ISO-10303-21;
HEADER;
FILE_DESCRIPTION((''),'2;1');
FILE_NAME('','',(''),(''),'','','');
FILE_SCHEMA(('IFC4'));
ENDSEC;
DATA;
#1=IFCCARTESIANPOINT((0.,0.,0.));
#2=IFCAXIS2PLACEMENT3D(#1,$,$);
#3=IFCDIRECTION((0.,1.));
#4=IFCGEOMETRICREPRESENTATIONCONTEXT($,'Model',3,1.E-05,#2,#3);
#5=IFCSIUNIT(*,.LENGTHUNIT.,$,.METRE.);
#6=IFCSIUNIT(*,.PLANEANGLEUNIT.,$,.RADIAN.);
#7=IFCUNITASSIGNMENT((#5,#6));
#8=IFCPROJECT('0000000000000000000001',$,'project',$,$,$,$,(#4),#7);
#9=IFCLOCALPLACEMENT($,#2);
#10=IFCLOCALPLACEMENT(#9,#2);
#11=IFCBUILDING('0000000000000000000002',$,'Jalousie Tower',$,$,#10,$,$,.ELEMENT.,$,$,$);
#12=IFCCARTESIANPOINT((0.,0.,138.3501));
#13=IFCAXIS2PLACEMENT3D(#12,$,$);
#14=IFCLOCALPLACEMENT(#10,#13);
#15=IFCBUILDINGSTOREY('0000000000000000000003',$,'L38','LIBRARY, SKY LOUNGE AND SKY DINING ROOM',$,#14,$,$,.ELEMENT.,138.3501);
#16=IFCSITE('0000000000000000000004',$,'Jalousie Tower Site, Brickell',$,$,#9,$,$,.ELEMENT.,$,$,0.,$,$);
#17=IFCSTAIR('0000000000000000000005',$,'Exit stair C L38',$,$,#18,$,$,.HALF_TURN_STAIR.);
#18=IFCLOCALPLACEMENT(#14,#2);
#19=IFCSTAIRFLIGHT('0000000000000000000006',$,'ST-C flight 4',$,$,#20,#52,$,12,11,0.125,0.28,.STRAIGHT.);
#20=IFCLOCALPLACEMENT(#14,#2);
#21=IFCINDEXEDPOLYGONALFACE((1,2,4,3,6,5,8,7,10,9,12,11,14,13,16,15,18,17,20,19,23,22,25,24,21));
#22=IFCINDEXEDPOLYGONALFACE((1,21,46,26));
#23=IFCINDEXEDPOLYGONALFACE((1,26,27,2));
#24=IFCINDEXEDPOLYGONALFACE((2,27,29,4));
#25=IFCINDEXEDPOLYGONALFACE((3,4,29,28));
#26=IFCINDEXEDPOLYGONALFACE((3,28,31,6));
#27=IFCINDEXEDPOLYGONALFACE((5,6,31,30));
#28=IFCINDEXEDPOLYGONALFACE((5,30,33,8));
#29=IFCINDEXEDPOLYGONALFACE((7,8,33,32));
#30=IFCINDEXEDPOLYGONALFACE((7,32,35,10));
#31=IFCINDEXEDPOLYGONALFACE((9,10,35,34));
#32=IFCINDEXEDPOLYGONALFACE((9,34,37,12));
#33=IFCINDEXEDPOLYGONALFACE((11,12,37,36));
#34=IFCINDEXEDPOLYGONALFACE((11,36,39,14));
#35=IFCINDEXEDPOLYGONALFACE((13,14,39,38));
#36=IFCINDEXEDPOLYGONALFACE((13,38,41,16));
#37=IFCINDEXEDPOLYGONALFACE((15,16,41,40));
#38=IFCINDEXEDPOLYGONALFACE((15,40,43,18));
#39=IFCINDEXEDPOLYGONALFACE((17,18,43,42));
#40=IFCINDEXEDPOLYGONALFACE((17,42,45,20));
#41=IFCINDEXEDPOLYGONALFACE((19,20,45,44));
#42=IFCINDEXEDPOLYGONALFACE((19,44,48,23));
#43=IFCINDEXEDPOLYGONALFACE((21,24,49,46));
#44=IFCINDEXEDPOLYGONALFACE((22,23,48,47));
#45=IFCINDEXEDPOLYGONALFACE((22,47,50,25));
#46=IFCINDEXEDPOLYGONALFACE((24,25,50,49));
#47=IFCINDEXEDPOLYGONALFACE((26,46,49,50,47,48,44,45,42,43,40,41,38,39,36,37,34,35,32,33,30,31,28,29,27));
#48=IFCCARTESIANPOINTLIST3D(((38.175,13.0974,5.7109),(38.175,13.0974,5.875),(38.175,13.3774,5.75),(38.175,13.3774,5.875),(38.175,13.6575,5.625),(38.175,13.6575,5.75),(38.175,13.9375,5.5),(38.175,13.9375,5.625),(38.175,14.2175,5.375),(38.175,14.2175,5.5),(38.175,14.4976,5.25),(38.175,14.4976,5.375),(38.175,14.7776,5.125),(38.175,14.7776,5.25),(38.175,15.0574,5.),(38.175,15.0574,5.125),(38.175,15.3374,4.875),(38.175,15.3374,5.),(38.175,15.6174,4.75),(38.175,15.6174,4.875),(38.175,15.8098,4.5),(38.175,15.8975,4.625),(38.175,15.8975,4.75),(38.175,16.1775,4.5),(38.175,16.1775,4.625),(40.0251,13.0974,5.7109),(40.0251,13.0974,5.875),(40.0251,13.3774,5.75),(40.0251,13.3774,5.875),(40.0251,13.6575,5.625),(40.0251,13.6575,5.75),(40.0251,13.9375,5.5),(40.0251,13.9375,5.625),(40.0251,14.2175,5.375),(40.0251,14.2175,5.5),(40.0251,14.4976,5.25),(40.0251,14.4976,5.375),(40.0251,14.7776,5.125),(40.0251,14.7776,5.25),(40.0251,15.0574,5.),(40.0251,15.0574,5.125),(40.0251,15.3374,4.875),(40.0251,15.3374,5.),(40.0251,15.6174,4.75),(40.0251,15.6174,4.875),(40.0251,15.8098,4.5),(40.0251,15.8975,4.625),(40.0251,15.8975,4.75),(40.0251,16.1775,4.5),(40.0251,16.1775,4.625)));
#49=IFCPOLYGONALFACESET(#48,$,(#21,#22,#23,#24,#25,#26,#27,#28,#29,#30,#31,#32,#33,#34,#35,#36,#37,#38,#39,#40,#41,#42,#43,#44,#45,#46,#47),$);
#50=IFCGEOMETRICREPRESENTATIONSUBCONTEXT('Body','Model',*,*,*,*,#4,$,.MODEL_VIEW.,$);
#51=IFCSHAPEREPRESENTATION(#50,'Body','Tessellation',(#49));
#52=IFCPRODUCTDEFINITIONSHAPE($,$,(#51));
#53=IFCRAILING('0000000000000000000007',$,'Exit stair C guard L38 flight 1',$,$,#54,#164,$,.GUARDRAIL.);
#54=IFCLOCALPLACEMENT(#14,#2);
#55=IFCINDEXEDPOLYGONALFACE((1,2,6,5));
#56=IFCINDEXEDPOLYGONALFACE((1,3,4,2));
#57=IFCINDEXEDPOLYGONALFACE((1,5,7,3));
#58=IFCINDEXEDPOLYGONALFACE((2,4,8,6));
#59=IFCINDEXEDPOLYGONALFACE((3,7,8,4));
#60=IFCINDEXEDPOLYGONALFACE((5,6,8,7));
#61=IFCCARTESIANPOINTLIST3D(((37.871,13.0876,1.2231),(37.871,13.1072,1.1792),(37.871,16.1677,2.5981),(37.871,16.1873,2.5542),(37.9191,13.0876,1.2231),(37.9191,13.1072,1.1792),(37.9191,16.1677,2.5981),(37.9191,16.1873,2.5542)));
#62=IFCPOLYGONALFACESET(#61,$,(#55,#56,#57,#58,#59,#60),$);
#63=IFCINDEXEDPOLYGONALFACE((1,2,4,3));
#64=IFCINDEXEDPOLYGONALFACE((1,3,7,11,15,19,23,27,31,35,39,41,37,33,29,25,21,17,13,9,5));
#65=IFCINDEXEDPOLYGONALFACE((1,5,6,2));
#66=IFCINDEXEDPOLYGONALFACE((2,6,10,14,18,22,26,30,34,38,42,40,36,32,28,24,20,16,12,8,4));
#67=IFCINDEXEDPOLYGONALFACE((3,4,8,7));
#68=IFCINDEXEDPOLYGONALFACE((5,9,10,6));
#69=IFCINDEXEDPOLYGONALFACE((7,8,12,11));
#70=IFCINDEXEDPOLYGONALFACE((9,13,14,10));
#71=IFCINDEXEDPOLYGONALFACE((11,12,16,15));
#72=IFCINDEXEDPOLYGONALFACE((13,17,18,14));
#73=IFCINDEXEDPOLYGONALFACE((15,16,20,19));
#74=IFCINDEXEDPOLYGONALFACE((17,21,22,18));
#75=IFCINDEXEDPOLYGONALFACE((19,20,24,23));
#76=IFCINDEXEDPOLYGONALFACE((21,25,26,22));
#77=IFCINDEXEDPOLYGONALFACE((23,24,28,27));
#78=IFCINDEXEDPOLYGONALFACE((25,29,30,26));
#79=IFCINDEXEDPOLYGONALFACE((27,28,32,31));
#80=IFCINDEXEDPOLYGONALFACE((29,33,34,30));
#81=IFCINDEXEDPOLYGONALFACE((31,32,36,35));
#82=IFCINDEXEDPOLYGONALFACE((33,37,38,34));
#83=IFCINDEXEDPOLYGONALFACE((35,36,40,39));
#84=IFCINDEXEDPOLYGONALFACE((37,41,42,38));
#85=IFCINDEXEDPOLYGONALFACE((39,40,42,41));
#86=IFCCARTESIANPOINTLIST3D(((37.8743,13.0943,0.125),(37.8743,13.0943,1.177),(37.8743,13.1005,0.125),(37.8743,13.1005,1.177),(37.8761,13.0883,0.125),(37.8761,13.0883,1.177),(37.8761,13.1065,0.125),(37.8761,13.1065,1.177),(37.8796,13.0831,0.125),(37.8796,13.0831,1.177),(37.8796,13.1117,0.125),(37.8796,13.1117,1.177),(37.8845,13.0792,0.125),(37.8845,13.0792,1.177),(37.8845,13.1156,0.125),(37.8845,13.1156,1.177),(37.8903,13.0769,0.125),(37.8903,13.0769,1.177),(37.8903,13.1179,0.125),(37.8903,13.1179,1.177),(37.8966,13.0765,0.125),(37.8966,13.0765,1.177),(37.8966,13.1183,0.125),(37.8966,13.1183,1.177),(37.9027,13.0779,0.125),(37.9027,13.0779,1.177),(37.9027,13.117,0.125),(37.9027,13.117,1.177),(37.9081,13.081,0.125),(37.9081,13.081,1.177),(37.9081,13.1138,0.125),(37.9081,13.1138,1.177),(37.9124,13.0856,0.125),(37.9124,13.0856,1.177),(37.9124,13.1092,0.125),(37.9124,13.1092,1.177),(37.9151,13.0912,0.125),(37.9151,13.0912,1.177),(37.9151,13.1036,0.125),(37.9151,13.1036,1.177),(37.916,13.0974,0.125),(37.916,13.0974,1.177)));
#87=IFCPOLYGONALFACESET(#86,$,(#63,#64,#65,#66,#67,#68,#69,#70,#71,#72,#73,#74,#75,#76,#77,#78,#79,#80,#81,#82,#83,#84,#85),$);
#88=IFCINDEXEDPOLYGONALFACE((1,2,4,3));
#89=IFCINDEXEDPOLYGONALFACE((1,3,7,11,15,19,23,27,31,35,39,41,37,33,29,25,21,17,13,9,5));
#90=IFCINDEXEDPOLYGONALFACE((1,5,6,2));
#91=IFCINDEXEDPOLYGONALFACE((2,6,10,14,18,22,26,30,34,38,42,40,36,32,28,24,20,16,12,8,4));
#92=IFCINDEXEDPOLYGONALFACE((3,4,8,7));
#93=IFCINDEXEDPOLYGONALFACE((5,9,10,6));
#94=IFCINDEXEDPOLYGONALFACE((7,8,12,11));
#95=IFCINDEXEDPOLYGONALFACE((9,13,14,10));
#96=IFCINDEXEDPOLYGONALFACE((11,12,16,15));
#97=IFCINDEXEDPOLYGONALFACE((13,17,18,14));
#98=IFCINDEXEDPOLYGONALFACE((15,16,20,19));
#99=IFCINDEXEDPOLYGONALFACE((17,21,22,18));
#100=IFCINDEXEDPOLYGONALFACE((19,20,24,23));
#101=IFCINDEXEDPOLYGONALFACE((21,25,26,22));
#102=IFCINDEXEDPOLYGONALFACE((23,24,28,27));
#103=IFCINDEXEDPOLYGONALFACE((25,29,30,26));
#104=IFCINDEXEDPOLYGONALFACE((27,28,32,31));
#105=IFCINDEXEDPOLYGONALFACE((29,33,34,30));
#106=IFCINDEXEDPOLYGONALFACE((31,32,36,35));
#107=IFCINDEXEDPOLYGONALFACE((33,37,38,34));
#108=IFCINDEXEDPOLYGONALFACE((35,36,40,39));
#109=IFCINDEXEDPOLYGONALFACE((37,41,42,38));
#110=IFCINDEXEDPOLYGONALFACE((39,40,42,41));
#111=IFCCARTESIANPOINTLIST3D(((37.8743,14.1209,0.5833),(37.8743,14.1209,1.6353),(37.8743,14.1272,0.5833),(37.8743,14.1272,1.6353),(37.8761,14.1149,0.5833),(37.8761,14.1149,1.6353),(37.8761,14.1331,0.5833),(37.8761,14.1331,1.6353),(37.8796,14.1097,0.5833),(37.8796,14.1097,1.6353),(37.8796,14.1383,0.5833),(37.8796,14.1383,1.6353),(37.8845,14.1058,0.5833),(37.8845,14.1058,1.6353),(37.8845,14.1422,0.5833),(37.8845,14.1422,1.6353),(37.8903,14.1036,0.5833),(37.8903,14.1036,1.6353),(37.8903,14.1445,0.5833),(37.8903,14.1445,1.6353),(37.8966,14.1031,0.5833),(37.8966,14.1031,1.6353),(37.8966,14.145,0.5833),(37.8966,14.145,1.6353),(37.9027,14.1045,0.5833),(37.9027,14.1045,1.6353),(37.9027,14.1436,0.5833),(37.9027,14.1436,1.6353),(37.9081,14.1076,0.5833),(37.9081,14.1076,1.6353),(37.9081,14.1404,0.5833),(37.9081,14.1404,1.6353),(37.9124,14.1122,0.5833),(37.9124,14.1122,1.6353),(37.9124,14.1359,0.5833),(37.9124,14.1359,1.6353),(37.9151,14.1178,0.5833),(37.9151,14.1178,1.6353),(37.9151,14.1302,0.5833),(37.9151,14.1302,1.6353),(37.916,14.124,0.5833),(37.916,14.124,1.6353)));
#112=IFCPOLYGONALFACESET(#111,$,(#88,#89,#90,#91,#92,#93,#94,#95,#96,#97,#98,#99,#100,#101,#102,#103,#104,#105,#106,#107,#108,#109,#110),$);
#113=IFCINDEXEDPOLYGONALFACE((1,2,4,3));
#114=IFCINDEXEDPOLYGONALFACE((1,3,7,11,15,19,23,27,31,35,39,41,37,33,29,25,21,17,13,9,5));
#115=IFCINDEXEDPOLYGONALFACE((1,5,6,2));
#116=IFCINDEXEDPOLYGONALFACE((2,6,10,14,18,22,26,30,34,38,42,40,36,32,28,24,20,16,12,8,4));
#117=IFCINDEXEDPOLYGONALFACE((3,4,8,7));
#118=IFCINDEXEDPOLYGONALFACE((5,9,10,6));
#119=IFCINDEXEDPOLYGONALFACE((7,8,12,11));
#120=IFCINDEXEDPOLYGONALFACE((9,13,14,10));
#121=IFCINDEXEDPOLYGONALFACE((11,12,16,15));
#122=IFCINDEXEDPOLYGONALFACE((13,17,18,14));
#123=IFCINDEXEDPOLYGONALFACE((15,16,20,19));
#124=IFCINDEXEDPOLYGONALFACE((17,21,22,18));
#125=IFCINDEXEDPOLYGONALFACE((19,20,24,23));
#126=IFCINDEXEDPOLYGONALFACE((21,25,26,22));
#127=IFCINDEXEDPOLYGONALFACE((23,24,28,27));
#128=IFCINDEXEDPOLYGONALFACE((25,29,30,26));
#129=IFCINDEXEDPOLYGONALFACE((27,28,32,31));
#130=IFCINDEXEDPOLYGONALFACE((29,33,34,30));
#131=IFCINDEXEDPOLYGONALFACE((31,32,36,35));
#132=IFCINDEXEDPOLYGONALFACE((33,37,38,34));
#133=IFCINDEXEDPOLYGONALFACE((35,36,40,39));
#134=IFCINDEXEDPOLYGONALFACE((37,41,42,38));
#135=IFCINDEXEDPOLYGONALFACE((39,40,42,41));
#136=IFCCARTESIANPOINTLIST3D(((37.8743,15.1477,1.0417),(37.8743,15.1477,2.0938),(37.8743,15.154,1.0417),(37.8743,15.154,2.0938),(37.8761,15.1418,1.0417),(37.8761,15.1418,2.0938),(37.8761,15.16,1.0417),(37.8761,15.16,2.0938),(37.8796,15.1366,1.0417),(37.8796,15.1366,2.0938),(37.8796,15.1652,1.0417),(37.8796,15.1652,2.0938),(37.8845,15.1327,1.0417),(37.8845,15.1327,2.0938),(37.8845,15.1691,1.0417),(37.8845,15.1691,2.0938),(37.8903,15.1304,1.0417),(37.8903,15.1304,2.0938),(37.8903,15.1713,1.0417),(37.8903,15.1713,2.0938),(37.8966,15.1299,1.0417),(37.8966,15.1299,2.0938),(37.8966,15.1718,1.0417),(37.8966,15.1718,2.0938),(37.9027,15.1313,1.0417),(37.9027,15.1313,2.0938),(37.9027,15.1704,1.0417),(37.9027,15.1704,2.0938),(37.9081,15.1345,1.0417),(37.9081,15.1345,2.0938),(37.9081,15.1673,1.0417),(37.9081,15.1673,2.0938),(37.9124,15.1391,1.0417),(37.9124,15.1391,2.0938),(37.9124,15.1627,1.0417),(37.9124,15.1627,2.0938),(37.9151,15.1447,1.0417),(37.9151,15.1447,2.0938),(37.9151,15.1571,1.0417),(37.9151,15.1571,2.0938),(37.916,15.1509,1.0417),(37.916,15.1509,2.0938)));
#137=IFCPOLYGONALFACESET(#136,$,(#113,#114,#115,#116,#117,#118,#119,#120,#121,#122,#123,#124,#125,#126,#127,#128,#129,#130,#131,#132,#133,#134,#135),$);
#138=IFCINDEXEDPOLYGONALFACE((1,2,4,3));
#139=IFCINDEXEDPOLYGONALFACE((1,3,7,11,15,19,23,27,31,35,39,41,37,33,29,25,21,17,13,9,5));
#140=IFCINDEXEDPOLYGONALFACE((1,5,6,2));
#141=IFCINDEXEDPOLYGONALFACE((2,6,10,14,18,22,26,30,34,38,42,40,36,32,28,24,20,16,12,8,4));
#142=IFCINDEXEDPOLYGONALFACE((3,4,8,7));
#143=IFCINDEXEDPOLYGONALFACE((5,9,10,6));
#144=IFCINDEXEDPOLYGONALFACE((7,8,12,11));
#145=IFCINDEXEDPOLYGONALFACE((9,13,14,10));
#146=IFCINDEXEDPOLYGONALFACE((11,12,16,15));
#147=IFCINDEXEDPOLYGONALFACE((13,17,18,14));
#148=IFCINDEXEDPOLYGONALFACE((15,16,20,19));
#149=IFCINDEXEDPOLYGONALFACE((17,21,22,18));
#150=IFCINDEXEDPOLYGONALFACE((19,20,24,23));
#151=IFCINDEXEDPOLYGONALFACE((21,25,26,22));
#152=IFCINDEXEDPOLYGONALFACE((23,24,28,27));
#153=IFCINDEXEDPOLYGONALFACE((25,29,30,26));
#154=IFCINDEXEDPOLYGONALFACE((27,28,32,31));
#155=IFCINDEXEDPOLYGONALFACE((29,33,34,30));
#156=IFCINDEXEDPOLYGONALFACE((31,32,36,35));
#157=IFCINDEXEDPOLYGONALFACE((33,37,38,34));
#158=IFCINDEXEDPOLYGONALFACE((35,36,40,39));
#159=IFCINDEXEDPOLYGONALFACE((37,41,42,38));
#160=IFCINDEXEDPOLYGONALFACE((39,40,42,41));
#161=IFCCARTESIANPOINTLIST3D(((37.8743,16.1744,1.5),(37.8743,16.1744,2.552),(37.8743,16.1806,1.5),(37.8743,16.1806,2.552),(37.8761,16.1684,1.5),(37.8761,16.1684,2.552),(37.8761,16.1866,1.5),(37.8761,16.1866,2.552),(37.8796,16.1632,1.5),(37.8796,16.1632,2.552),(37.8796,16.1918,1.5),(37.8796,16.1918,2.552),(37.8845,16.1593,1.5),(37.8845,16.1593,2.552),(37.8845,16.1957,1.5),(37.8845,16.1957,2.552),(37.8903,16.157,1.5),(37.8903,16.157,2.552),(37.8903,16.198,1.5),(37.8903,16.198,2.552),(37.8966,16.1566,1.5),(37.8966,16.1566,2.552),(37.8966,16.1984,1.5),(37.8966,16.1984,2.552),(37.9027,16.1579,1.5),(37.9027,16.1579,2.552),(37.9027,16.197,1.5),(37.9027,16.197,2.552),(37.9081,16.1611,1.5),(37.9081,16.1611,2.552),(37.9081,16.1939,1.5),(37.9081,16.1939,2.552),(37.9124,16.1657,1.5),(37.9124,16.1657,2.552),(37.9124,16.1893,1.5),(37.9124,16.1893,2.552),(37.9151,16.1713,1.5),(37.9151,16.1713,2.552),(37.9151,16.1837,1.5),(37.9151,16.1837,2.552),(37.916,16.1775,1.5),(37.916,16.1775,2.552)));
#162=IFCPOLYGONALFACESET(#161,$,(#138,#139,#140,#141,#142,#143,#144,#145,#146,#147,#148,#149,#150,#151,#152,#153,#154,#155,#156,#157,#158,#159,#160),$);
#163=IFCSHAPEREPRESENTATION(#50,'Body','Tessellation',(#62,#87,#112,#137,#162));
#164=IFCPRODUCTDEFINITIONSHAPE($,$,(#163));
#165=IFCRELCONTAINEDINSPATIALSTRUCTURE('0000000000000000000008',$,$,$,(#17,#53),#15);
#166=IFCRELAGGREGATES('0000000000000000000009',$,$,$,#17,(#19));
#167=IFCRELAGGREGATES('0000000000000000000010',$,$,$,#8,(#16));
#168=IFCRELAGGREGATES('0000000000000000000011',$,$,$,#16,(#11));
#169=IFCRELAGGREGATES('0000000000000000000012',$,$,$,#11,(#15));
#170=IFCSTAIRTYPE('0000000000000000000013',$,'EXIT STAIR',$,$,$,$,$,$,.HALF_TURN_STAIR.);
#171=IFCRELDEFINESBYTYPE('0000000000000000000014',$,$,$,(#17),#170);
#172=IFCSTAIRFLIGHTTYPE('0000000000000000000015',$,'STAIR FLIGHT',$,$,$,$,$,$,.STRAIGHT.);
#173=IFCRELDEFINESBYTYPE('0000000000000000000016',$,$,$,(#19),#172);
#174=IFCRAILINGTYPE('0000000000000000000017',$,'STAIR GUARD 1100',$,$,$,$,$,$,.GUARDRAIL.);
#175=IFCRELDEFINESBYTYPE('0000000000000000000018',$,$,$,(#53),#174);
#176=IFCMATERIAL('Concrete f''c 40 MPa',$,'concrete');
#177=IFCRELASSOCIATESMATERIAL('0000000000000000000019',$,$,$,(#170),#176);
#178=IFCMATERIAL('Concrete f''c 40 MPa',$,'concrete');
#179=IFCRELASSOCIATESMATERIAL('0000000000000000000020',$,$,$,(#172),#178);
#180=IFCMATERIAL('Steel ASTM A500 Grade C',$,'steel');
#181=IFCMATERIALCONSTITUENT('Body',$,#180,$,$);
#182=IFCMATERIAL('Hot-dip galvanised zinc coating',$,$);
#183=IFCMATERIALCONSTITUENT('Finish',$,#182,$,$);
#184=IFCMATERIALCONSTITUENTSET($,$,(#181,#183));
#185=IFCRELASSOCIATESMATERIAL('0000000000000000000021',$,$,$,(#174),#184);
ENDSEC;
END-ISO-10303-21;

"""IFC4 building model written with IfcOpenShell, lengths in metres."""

from ifc_helpers import new_model, si_unit, direction, frame, origin, origin_2d, place, context, subcontext, project, spatial, polyline, rectangle, circle, outline, extrude, material, constituent, constituent_set, type_object, element, aggregate, save


model = new_model("IFC4")

# Units and contexts
model_context = context("Model", 3, precision=1e-05, world=origin(), true_north=direction((0.0, 1.0)))
body_context = subcontext(model_context, "Body", "Model", "MODEL_VIEW")
ifc_project = project(units=[si_unit("LENGTHUNIT", "METRE"), si_unit("PLANEANGLEUNIT", "RADIAN")], contexts=[model_context])

# Site, building, storey
site_placement = place(None, origin())
site = spatial("IfcSite", under=ifc_project, at=site_placement, Name="Jalousie Tower Site, Brickell", CompositionType="ELEMENT", RefElevation=0.0)
building_placement = place(site_placement, origin())
building = spatial("IfcBuilding", under=site, at=building_placement, Name="Jalousie Tower", CompositionType="ELEMENT")
storey_placement = place(building_placement, frame((0.0, 0.0, 138.3501)))
storey = spatial("IfcBuildingStorey", under=building, at=storey_placement, Name="L38", Description="LIBRARY, SKY LOUNGE AND SKY DINING ROOM", CompositionType="ELEMENT", Elevation=138.3501)

# Stair, stair flight
ifc_material_1 = material(Name="Concrete f'c 40 MPa", Category="concrete")
stair_type = type_object("IfcStairType", Name="EXIT STAIR", PredefinedType="HALF_TURN_STAIR", material=ifc_material_1)
stair_placement = place(storey_placement, origin())
stair = element("IfcStair", 1, at=stair_placement, inside=storey, type_object=stair_type, Name="Exit stair C L38", PredefinedType="HALF_TURN_STAIR")
ifc_material_2 = material(Name="Concrete f'c 40 MPa", Category="concrete")
stair_flight_type = type_object("IfcStairFlightType", Name="STAIR FLIGHT", PredefinedType="STRAIGHT", material=ifc_material_2)
stair_flight_1_placement = place(storey_placement, frame((39.1001, 16.1775, 4.5), z_axis=(0.0, 0.0, 1.0), x_axis=(0.0, -1.0, 0.0)))
stair_flight_1 = element("IfcStairFlight", 2, at=stair_flight_1_placement, type_object=stair_flight_type, Name="ST-C flight 4", NumberOfRisers=12, NumberOfTreads=11, PredefinedType="STRAIGHT", RiserHeight=0.125, TreadLength=0.28, context=body_context, shape_type="SweptSolid", body=[
    extrude(outline(polyline([(0.0, 0.0), (0.0, 0.125), (0.28, 0.125), (0.28, 0.25), (0.5601, 0.25), (0.5601, 0.375), (0.8401, 0.375), (0.8401, 0.5), (1.1201, 0.5), (1.1201, 0.625), (1.3999, 0.625), (1.3999, 0.75), (1.6799, 0.75), (1.6799, 0.875), (1.96, 0.875), (1.96, 1.0), (2.24, 1.0), (2.24, 1.125), (2.52, 1.125), (2.52, 1.25), (2.8, 1.25), (2.8, 1.375), (3.0801, 1.375), (3.0801, 1.5), (3.0801, 1.2109), (0.3677, 0.0), (0.0, 0.0)])), frame((0.0, 0.925, 0.0), z_axis=(0.0, -1.0, 0.0), x_axis=(1.0, 0.0, 0.0)), (0.0, 0.0, 1.0), 1.8501),
])
aggregate(stair, [stair_flight_1])

# Railing
ifc_material_3 = material(Name="Steel ASTM A500 Grade C", Category="steel")
ifc_constituent_1 = constituent(ifc_material_3, Name="Body")
ifc_material_4 = material(Name="Hot-dip galvanised zinc coating")
ifc_constituent_2 = constituent(ifc_material_4, Name="Finish")
ifc_constituent_set_1 = constituent_set(constituents=[ifc_constituent_1, ifc_constituent_2])
railing_type_1 = type_object("IfcRailingType", Name="STAIR GUARD 1100", PredefinedType="GUARDRAIL", material=ifc_constituent_set_1)
railing_1_placement = place(storey_placement, frame((37.895, 13.0974, 0.125)))
element("IfcRailing", 3, at=railing_1_placement, inside=storey, type_object=railing_type_1, Name="Exit stair C guard L38 flight 1", PredefinedType="GUARDRAIL", context=body_context, shape_type="SweptSolid", body=[
    extrude(rectangle(XDim=0.0481, YDim=0.0481, at=origin_2d()), frame((0.0, 0.0, 1.0762), z_axis=(0.0, 0.913142, 0.407642), x_axis=(-1.0, 0.0, 0.0)), (0.0, 0.0, 1.0), 3.373),
    extrude(circle(Radius=0.021, at=origin_2d()), origin(), (0.0, 0.0, 1.0), 1.052),
    extrude(circle(Radius=0.021, at=origin_2d()), frame((0.0, 1.0266, 0.4583)), (0.0, 0.0, 1.0), 1.052),
    extrude(circle(Radius=0.021, at=origin_2d()), frame((0.0, 2.0535, 0.9167)), (0.0, 0.0, 1.0), 1.052),
    extrude(circle(Radius=0.021, at=origin_2d()), frame((0.0, 3.0801, 1.375)), (0.0, 0.0, 1.0), 1.052),
])

save(model, "model.ifc")
